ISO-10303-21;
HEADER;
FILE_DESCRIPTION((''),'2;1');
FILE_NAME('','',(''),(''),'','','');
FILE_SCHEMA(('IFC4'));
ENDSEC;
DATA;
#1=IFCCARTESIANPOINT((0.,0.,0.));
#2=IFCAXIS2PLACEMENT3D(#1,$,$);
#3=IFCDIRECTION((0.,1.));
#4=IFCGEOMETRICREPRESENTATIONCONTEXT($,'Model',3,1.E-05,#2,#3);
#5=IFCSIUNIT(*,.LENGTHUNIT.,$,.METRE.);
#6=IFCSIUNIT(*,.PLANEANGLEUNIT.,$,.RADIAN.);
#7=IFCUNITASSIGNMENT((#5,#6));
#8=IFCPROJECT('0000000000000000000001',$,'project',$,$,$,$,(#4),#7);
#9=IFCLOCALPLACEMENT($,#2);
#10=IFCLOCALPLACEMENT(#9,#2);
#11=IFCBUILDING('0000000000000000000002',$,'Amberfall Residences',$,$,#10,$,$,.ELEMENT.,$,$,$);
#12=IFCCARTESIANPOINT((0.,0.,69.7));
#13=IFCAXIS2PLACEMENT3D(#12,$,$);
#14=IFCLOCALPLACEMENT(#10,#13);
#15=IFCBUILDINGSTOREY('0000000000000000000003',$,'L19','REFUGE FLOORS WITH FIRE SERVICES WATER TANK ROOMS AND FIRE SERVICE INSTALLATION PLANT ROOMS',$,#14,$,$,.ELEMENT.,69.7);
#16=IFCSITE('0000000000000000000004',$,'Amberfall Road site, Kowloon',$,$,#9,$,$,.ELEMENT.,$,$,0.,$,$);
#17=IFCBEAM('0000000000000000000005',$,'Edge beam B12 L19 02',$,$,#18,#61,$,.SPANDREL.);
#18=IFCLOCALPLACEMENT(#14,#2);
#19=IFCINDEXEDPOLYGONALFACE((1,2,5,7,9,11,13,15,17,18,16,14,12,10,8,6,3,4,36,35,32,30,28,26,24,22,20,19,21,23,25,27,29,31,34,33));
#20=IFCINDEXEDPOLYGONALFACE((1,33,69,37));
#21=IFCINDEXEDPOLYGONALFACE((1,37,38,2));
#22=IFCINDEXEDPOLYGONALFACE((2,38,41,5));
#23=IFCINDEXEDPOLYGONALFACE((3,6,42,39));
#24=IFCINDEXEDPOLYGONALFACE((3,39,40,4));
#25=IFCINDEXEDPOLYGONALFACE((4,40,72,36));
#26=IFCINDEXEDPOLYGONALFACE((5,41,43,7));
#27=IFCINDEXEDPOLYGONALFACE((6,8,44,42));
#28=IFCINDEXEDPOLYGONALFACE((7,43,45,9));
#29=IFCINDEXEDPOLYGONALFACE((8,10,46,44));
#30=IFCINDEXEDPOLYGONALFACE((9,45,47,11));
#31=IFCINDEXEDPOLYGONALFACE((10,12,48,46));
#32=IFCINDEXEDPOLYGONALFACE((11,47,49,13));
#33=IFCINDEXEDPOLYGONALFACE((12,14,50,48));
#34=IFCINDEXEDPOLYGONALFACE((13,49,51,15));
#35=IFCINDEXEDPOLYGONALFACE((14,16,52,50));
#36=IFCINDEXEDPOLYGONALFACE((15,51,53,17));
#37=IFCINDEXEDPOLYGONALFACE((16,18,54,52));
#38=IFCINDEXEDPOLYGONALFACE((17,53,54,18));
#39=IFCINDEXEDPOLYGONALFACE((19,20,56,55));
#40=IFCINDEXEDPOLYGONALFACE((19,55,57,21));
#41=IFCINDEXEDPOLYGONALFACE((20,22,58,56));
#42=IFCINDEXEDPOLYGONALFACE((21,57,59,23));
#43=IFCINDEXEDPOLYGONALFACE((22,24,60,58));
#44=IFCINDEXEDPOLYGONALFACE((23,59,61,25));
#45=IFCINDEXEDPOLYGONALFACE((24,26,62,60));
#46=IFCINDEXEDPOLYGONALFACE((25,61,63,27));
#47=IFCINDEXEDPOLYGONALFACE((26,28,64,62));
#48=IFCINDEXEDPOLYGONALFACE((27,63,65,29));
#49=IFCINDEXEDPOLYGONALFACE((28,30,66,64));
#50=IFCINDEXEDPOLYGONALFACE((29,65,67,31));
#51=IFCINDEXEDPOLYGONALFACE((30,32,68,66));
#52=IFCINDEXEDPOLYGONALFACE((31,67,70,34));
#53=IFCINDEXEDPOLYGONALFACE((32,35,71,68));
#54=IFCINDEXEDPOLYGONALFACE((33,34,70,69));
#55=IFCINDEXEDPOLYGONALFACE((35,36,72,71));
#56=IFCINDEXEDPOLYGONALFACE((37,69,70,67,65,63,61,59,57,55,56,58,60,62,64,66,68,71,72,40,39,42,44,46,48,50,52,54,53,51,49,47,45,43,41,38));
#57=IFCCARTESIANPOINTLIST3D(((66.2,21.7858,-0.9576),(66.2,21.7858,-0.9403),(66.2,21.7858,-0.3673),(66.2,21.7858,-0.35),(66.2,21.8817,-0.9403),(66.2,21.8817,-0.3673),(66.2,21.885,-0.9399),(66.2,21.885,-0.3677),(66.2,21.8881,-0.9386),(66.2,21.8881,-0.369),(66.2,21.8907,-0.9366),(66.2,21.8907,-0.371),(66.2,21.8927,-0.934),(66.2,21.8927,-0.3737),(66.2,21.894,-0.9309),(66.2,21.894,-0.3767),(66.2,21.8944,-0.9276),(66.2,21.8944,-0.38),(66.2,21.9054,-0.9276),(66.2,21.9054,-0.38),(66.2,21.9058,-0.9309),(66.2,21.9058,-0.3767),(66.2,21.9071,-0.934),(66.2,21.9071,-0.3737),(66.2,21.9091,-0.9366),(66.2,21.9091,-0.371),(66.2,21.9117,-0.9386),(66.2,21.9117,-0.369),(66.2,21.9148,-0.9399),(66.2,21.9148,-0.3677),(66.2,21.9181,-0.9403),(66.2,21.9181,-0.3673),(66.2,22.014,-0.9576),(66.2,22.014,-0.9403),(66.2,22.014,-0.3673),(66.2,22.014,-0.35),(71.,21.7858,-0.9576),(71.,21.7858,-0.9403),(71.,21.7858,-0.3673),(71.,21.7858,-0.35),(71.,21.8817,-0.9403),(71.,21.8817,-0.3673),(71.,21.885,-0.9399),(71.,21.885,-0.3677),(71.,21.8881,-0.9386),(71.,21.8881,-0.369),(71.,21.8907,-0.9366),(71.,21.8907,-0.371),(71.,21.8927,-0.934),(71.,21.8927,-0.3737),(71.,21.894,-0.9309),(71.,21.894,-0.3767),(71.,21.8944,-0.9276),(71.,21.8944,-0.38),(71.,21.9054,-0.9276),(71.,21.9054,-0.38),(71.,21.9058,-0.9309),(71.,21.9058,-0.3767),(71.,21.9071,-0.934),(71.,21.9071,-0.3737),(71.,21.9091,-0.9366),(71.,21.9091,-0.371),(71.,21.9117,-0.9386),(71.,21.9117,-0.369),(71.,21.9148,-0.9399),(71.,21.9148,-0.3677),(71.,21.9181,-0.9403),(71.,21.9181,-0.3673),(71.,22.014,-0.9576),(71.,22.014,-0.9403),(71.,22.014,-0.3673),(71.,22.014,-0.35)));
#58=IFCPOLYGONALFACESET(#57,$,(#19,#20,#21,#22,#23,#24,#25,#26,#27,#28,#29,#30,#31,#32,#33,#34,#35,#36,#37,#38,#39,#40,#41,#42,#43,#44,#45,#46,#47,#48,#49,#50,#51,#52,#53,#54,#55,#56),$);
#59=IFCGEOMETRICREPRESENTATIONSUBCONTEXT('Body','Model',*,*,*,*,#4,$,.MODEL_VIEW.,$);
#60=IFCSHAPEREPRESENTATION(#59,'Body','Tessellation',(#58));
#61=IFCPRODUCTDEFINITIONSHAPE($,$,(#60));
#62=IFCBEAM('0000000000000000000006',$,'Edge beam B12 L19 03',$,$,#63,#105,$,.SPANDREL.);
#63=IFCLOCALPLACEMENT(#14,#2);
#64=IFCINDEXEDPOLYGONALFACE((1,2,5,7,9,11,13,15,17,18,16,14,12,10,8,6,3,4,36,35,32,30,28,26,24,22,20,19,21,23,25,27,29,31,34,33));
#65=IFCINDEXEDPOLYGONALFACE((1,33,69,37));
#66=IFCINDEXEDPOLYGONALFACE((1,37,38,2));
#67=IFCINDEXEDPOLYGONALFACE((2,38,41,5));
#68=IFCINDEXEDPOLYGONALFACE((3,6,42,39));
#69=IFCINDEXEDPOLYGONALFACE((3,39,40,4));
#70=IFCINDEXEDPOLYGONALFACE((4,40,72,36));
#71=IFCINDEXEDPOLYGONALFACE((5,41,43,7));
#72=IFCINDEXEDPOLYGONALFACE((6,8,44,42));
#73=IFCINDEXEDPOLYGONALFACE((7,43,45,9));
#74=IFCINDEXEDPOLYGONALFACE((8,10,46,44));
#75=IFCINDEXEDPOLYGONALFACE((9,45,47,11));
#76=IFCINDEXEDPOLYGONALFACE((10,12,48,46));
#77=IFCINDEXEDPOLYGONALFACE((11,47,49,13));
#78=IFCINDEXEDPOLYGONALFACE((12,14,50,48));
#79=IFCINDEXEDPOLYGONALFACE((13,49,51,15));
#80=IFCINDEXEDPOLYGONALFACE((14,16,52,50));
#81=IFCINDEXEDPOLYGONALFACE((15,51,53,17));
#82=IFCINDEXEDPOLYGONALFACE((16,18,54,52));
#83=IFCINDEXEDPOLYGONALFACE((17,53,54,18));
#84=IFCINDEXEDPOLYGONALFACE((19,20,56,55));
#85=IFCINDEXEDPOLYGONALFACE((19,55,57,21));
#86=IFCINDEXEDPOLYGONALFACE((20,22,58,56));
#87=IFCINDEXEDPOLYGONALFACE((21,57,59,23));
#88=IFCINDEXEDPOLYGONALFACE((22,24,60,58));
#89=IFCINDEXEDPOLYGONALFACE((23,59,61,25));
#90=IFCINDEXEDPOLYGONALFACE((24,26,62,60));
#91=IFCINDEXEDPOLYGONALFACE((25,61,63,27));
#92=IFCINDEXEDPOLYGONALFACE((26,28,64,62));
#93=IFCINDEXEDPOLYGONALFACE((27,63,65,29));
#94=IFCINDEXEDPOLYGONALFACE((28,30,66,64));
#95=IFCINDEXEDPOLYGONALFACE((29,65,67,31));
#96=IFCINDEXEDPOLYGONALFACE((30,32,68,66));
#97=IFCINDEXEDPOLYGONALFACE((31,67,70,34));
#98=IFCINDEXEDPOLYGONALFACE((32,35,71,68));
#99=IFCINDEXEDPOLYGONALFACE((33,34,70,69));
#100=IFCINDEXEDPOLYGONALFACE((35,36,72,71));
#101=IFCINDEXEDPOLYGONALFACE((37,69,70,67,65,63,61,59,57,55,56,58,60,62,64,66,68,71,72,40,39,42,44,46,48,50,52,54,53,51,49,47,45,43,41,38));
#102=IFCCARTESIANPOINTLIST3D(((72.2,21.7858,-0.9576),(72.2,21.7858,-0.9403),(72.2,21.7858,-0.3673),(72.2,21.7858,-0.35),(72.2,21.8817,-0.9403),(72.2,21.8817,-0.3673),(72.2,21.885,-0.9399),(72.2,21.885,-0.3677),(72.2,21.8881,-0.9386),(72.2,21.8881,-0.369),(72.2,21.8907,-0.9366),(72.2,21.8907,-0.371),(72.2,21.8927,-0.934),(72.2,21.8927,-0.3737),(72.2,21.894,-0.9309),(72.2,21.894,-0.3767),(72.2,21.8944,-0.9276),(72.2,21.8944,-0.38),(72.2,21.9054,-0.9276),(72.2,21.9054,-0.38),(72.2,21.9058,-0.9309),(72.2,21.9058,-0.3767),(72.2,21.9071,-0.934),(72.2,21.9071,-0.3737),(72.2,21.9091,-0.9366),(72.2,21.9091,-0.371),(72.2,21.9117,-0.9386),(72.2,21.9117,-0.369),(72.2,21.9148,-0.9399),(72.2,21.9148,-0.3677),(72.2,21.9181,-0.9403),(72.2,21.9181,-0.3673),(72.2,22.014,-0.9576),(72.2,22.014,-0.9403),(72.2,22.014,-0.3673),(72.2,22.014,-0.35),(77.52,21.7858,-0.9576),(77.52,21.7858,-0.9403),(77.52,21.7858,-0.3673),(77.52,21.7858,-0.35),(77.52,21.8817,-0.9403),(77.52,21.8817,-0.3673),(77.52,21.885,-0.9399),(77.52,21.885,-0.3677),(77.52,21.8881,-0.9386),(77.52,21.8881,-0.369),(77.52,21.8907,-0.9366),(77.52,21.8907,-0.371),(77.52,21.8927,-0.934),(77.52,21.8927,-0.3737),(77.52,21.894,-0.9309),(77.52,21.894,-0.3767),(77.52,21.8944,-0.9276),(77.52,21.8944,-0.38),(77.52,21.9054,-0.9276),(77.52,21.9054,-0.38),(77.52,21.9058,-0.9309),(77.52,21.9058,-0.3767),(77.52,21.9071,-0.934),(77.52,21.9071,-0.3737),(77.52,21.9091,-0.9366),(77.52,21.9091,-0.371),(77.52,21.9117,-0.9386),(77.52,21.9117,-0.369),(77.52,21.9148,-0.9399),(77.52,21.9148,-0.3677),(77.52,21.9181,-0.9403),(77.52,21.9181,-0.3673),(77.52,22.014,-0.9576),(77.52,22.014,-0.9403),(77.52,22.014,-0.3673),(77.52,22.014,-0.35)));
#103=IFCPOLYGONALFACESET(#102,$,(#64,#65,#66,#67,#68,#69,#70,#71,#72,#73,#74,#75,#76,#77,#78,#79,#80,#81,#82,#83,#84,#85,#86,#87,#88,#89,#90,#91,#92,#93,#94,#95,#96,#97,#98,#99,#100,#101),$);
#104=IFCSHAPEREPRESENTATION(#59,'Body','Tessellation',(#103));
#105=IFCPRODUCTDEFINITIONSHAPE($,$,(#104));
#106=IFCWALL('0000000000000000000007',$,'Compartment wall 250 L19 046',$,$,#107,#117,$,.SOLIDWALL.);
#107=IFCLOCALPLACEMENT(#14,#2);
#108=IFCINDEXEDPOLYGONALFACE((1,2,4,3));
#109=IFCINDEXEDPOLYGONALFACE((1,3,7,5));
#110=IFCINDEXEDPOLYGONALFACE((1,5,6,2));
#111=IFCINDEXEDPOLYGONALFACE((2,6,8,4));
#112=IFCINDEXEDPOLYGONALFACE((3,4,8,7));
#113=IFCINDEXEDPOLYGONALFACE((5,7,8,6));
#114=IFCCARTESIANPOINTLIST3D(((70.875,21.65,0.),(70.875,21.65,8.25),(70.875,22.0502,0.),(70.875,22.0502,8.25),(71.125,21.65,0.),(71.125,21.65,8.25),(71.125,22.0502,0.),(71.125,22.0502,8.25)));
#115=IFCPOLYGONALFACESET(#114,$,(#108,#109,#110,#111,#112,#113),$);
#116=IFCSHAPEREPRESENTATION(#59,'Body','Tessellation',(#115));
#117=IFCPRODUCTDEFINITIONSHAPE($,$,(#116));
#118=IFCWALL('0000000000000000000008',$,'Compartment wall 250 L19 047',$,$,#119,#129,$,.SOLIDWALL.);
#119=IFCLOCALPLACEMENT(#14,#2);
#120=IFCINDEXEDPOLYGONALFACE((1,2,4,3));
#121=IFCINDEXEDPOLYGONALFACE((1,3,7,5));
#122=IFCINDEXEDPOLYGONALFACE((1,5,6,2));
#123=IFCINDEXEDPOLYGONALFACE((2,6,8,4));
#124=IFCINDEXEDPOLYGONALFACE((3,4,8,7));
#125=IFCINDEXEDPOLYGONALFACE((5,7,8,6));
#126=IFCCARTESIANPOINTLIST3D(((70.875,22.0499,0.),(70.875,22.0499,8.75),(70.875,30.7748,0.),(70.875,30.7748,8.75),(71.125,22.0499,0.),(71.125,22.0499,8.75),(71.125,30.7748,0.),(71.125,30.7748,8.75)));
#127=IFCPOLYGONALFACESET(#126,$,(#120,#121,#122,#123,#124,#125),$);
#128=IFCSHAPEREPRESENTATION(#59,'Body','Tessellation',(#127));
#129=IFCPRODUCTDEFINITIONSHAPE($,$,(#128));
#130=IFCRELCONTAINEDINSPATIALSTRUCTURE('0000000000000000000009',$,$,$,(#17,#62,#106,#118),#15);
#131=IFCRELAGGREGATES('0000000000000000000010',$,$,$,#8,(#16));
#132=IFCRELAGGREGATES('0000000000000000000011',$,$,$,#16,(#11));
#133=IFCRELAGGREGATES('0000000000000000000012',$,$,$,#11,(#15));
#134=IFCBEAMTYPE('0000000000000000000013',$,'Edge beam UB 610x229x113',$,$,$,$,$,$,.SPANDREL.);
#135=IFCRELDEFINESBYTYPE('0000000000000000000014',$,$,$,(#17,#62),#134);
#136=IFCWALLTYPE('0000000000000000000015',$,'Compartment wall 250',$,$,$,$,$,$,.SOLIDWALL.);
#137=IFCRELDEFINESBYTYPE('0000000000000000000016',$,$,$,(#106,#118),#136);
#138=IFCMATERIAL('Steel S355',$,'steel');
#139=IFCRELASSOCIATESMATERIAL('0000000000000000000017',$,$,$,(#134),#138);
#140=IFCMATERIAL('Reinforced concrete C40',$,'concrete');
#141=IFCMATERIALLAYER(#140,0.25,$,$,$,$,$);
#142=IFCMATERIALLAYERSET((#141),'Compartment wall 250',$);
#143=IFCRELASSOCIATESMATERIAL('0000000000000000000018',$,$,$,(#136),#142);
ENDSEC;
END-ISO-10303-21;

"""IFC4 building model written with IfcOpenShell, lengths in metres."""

from ifc_helpers import new_model, si_unit, direction, frame, frame_2d, origin, origin_2d, place, context, subcontext, project, spatial, rectangle, i_section, extrude, material, layer, layer_set, material_profile, profile_set, type_object, element, save


model = new_model("IFC4")

# Units and contexts
model_context = context("Model", 3, precision=1e-05, world=origin(), true_north=direction((0.0, 1.0)))
body_context = subcontext(model_context, "Body", "Model", "MODEL_VIEW")
ifc_project = project(units=[si_unit("LENGTHUNIT", "METRE"), si_unit("PLANEANGLEUNIT", "RADIAN")], contexts=[model_context])

# Site, building, storey
site_placement = place(None, origin())
site = spatial("IfcSite", under=ifc_project, at=site_placement, Name="Amberfall Road site, Kowloon", CompositionType="ELEMENT", RefElevation=0.0)
building_placement = place(site_placement, origin())
building = spatial("IfcBuilding", under=site, at=building_placement, Name="Amberfall Residences", CompositionType="ELEMENT")
storey_placement = place(building_placement, frame((0.0, 0.0, 69.7)))
storey = spatial("IfcBuildingStorey", under=building, at=storey_placement, Name="L19", Description="REFUGE FLOORS WITH FIRE SERVICES WATER TANK ROOMS AND FIRE SERVICE INSTALLATION PLANT ROOMS", CompositionType="ELEMENT", Elevation=69.7)

# Shared definitions
ifc_material_1 = material(Name="Steel S355", Category="steel")

# Beams
ifc_material_profile_1 = material_profile(ifc_material_1, i_section(OverallWidth=0.2283, OverallDepth=0.6077, WebThickness=0.011, FlangeThickness=0.0173, FilletRadius=0.0127, at=origin_2d()), Name="UB 610x229x113")
ifc_profile_set_1 = profile_set([ifc_material_profile_1], Name="Steel S355")
beam_type_1 = type_object("IfcBeamType", Name="Edge beam UB 610x229x113", PredefinedType="SPANDREL", material=ifc_profile_set_1)
beam_1_placement = place(storey_placement, frame((66.2, 21.8999, -0.6538), z_axis=(1.0, 0.0, 0.0), x_axis=(0.0, 1.0, 0.0)))
element("IfcBeam", 1, at=beam_1_placement, inside=storey, type_object=beam_type_1, Name="Edge beam B12 L19 02", PredefinedType="SPANDREL", context=body_context, shape_type="SweptSolid", body=[
    extrude(i_section(OverallWidth=0.2283, OverallDepth=0.6077, WebThickness=0.011, FlangeThickness=0.0173, FilletRadius=0.0127, at=origin_2d()), origin(), (0.0, 0.0, 1.0), 4.8),
])
beam_2_placement = place(storey_placement, frame((72.2, 21.8999, -0.6538), z_axis=(1.0, 0.0, 0.0), x_axis=(0.0, 1.0, 0.0)))
element("IfcBeam", 2, at=beam_2_placement, inside=storey, type_object=beam_type_1, Name="Edge beam B12 L19 03", PredefinedType="SPANDREL", context=body_context, shape_type="SweptSolid", body=[
    extrude(i_section(OverallWidth=0.2283, OverallDepth=0.6077, WebThickness=0.011, FlangeThickness=0.0173, FilletRadius=0.0127, at=origin_2d()), origin(), (0.0, 0.0, 1.0), 5.3201),
])

# Walls
ifc_material_2 = material(Name="Reinforced concrete C40", Category="concrete")
ifc_layer = layer(ifc_material_2, 0.25)
ifc_layer_set = layer_set([ifc_layer], Name="Compartment wall 250")
wall_type = type_object("IfcWallType", Name="Compartment wall 250", PredefinedType="SOLIDWALL", material=ifc_layer_set)
wall_1_placement = place(storey_placement, frame((71.0, 21.6499, 0.0), z_axis=(0.0, 0.0, 1.0), x_axis=(0.0, 1.0, 0.0)))
element("IfcWall", 3, at=wall_1_placement, inside=storey, type_object=wall_type, Name="Compartment wall 250 L19 046", PredefinedType="SOLIDWALL", context=body_context, shape_type="SweptSolid", body=[
    extrude(rectangle(XDim=0.4001, YDim=0.25, at=frame_2d((0.2002, 0.0))), origin(), (0.0, 0.0, 1.0), 8.25),
])
wall_2_placement = place(storey_placement, frame((71.0, 22.05, 0.0), z_axis=(0.0, 0.0, 1.0), x_axis=(0.0, 1.0, 0.0)))
element("IfcWall", 4, at=wall_2_placement, inside=storey, type_object=wall_type, Name="Compartment wall 250 L19 047", PredefinedType="SOLIDWALL", context=body_context, shape_type="SweptSolid", body=[
    extrude(rectangle(XDim=8.7249, YDim=0.25, at=frame_2d((4.3623, 0.0))), origin(), (0.0, 0.0, 1.0), 8.75),
])

save(model, "model.ifc")
